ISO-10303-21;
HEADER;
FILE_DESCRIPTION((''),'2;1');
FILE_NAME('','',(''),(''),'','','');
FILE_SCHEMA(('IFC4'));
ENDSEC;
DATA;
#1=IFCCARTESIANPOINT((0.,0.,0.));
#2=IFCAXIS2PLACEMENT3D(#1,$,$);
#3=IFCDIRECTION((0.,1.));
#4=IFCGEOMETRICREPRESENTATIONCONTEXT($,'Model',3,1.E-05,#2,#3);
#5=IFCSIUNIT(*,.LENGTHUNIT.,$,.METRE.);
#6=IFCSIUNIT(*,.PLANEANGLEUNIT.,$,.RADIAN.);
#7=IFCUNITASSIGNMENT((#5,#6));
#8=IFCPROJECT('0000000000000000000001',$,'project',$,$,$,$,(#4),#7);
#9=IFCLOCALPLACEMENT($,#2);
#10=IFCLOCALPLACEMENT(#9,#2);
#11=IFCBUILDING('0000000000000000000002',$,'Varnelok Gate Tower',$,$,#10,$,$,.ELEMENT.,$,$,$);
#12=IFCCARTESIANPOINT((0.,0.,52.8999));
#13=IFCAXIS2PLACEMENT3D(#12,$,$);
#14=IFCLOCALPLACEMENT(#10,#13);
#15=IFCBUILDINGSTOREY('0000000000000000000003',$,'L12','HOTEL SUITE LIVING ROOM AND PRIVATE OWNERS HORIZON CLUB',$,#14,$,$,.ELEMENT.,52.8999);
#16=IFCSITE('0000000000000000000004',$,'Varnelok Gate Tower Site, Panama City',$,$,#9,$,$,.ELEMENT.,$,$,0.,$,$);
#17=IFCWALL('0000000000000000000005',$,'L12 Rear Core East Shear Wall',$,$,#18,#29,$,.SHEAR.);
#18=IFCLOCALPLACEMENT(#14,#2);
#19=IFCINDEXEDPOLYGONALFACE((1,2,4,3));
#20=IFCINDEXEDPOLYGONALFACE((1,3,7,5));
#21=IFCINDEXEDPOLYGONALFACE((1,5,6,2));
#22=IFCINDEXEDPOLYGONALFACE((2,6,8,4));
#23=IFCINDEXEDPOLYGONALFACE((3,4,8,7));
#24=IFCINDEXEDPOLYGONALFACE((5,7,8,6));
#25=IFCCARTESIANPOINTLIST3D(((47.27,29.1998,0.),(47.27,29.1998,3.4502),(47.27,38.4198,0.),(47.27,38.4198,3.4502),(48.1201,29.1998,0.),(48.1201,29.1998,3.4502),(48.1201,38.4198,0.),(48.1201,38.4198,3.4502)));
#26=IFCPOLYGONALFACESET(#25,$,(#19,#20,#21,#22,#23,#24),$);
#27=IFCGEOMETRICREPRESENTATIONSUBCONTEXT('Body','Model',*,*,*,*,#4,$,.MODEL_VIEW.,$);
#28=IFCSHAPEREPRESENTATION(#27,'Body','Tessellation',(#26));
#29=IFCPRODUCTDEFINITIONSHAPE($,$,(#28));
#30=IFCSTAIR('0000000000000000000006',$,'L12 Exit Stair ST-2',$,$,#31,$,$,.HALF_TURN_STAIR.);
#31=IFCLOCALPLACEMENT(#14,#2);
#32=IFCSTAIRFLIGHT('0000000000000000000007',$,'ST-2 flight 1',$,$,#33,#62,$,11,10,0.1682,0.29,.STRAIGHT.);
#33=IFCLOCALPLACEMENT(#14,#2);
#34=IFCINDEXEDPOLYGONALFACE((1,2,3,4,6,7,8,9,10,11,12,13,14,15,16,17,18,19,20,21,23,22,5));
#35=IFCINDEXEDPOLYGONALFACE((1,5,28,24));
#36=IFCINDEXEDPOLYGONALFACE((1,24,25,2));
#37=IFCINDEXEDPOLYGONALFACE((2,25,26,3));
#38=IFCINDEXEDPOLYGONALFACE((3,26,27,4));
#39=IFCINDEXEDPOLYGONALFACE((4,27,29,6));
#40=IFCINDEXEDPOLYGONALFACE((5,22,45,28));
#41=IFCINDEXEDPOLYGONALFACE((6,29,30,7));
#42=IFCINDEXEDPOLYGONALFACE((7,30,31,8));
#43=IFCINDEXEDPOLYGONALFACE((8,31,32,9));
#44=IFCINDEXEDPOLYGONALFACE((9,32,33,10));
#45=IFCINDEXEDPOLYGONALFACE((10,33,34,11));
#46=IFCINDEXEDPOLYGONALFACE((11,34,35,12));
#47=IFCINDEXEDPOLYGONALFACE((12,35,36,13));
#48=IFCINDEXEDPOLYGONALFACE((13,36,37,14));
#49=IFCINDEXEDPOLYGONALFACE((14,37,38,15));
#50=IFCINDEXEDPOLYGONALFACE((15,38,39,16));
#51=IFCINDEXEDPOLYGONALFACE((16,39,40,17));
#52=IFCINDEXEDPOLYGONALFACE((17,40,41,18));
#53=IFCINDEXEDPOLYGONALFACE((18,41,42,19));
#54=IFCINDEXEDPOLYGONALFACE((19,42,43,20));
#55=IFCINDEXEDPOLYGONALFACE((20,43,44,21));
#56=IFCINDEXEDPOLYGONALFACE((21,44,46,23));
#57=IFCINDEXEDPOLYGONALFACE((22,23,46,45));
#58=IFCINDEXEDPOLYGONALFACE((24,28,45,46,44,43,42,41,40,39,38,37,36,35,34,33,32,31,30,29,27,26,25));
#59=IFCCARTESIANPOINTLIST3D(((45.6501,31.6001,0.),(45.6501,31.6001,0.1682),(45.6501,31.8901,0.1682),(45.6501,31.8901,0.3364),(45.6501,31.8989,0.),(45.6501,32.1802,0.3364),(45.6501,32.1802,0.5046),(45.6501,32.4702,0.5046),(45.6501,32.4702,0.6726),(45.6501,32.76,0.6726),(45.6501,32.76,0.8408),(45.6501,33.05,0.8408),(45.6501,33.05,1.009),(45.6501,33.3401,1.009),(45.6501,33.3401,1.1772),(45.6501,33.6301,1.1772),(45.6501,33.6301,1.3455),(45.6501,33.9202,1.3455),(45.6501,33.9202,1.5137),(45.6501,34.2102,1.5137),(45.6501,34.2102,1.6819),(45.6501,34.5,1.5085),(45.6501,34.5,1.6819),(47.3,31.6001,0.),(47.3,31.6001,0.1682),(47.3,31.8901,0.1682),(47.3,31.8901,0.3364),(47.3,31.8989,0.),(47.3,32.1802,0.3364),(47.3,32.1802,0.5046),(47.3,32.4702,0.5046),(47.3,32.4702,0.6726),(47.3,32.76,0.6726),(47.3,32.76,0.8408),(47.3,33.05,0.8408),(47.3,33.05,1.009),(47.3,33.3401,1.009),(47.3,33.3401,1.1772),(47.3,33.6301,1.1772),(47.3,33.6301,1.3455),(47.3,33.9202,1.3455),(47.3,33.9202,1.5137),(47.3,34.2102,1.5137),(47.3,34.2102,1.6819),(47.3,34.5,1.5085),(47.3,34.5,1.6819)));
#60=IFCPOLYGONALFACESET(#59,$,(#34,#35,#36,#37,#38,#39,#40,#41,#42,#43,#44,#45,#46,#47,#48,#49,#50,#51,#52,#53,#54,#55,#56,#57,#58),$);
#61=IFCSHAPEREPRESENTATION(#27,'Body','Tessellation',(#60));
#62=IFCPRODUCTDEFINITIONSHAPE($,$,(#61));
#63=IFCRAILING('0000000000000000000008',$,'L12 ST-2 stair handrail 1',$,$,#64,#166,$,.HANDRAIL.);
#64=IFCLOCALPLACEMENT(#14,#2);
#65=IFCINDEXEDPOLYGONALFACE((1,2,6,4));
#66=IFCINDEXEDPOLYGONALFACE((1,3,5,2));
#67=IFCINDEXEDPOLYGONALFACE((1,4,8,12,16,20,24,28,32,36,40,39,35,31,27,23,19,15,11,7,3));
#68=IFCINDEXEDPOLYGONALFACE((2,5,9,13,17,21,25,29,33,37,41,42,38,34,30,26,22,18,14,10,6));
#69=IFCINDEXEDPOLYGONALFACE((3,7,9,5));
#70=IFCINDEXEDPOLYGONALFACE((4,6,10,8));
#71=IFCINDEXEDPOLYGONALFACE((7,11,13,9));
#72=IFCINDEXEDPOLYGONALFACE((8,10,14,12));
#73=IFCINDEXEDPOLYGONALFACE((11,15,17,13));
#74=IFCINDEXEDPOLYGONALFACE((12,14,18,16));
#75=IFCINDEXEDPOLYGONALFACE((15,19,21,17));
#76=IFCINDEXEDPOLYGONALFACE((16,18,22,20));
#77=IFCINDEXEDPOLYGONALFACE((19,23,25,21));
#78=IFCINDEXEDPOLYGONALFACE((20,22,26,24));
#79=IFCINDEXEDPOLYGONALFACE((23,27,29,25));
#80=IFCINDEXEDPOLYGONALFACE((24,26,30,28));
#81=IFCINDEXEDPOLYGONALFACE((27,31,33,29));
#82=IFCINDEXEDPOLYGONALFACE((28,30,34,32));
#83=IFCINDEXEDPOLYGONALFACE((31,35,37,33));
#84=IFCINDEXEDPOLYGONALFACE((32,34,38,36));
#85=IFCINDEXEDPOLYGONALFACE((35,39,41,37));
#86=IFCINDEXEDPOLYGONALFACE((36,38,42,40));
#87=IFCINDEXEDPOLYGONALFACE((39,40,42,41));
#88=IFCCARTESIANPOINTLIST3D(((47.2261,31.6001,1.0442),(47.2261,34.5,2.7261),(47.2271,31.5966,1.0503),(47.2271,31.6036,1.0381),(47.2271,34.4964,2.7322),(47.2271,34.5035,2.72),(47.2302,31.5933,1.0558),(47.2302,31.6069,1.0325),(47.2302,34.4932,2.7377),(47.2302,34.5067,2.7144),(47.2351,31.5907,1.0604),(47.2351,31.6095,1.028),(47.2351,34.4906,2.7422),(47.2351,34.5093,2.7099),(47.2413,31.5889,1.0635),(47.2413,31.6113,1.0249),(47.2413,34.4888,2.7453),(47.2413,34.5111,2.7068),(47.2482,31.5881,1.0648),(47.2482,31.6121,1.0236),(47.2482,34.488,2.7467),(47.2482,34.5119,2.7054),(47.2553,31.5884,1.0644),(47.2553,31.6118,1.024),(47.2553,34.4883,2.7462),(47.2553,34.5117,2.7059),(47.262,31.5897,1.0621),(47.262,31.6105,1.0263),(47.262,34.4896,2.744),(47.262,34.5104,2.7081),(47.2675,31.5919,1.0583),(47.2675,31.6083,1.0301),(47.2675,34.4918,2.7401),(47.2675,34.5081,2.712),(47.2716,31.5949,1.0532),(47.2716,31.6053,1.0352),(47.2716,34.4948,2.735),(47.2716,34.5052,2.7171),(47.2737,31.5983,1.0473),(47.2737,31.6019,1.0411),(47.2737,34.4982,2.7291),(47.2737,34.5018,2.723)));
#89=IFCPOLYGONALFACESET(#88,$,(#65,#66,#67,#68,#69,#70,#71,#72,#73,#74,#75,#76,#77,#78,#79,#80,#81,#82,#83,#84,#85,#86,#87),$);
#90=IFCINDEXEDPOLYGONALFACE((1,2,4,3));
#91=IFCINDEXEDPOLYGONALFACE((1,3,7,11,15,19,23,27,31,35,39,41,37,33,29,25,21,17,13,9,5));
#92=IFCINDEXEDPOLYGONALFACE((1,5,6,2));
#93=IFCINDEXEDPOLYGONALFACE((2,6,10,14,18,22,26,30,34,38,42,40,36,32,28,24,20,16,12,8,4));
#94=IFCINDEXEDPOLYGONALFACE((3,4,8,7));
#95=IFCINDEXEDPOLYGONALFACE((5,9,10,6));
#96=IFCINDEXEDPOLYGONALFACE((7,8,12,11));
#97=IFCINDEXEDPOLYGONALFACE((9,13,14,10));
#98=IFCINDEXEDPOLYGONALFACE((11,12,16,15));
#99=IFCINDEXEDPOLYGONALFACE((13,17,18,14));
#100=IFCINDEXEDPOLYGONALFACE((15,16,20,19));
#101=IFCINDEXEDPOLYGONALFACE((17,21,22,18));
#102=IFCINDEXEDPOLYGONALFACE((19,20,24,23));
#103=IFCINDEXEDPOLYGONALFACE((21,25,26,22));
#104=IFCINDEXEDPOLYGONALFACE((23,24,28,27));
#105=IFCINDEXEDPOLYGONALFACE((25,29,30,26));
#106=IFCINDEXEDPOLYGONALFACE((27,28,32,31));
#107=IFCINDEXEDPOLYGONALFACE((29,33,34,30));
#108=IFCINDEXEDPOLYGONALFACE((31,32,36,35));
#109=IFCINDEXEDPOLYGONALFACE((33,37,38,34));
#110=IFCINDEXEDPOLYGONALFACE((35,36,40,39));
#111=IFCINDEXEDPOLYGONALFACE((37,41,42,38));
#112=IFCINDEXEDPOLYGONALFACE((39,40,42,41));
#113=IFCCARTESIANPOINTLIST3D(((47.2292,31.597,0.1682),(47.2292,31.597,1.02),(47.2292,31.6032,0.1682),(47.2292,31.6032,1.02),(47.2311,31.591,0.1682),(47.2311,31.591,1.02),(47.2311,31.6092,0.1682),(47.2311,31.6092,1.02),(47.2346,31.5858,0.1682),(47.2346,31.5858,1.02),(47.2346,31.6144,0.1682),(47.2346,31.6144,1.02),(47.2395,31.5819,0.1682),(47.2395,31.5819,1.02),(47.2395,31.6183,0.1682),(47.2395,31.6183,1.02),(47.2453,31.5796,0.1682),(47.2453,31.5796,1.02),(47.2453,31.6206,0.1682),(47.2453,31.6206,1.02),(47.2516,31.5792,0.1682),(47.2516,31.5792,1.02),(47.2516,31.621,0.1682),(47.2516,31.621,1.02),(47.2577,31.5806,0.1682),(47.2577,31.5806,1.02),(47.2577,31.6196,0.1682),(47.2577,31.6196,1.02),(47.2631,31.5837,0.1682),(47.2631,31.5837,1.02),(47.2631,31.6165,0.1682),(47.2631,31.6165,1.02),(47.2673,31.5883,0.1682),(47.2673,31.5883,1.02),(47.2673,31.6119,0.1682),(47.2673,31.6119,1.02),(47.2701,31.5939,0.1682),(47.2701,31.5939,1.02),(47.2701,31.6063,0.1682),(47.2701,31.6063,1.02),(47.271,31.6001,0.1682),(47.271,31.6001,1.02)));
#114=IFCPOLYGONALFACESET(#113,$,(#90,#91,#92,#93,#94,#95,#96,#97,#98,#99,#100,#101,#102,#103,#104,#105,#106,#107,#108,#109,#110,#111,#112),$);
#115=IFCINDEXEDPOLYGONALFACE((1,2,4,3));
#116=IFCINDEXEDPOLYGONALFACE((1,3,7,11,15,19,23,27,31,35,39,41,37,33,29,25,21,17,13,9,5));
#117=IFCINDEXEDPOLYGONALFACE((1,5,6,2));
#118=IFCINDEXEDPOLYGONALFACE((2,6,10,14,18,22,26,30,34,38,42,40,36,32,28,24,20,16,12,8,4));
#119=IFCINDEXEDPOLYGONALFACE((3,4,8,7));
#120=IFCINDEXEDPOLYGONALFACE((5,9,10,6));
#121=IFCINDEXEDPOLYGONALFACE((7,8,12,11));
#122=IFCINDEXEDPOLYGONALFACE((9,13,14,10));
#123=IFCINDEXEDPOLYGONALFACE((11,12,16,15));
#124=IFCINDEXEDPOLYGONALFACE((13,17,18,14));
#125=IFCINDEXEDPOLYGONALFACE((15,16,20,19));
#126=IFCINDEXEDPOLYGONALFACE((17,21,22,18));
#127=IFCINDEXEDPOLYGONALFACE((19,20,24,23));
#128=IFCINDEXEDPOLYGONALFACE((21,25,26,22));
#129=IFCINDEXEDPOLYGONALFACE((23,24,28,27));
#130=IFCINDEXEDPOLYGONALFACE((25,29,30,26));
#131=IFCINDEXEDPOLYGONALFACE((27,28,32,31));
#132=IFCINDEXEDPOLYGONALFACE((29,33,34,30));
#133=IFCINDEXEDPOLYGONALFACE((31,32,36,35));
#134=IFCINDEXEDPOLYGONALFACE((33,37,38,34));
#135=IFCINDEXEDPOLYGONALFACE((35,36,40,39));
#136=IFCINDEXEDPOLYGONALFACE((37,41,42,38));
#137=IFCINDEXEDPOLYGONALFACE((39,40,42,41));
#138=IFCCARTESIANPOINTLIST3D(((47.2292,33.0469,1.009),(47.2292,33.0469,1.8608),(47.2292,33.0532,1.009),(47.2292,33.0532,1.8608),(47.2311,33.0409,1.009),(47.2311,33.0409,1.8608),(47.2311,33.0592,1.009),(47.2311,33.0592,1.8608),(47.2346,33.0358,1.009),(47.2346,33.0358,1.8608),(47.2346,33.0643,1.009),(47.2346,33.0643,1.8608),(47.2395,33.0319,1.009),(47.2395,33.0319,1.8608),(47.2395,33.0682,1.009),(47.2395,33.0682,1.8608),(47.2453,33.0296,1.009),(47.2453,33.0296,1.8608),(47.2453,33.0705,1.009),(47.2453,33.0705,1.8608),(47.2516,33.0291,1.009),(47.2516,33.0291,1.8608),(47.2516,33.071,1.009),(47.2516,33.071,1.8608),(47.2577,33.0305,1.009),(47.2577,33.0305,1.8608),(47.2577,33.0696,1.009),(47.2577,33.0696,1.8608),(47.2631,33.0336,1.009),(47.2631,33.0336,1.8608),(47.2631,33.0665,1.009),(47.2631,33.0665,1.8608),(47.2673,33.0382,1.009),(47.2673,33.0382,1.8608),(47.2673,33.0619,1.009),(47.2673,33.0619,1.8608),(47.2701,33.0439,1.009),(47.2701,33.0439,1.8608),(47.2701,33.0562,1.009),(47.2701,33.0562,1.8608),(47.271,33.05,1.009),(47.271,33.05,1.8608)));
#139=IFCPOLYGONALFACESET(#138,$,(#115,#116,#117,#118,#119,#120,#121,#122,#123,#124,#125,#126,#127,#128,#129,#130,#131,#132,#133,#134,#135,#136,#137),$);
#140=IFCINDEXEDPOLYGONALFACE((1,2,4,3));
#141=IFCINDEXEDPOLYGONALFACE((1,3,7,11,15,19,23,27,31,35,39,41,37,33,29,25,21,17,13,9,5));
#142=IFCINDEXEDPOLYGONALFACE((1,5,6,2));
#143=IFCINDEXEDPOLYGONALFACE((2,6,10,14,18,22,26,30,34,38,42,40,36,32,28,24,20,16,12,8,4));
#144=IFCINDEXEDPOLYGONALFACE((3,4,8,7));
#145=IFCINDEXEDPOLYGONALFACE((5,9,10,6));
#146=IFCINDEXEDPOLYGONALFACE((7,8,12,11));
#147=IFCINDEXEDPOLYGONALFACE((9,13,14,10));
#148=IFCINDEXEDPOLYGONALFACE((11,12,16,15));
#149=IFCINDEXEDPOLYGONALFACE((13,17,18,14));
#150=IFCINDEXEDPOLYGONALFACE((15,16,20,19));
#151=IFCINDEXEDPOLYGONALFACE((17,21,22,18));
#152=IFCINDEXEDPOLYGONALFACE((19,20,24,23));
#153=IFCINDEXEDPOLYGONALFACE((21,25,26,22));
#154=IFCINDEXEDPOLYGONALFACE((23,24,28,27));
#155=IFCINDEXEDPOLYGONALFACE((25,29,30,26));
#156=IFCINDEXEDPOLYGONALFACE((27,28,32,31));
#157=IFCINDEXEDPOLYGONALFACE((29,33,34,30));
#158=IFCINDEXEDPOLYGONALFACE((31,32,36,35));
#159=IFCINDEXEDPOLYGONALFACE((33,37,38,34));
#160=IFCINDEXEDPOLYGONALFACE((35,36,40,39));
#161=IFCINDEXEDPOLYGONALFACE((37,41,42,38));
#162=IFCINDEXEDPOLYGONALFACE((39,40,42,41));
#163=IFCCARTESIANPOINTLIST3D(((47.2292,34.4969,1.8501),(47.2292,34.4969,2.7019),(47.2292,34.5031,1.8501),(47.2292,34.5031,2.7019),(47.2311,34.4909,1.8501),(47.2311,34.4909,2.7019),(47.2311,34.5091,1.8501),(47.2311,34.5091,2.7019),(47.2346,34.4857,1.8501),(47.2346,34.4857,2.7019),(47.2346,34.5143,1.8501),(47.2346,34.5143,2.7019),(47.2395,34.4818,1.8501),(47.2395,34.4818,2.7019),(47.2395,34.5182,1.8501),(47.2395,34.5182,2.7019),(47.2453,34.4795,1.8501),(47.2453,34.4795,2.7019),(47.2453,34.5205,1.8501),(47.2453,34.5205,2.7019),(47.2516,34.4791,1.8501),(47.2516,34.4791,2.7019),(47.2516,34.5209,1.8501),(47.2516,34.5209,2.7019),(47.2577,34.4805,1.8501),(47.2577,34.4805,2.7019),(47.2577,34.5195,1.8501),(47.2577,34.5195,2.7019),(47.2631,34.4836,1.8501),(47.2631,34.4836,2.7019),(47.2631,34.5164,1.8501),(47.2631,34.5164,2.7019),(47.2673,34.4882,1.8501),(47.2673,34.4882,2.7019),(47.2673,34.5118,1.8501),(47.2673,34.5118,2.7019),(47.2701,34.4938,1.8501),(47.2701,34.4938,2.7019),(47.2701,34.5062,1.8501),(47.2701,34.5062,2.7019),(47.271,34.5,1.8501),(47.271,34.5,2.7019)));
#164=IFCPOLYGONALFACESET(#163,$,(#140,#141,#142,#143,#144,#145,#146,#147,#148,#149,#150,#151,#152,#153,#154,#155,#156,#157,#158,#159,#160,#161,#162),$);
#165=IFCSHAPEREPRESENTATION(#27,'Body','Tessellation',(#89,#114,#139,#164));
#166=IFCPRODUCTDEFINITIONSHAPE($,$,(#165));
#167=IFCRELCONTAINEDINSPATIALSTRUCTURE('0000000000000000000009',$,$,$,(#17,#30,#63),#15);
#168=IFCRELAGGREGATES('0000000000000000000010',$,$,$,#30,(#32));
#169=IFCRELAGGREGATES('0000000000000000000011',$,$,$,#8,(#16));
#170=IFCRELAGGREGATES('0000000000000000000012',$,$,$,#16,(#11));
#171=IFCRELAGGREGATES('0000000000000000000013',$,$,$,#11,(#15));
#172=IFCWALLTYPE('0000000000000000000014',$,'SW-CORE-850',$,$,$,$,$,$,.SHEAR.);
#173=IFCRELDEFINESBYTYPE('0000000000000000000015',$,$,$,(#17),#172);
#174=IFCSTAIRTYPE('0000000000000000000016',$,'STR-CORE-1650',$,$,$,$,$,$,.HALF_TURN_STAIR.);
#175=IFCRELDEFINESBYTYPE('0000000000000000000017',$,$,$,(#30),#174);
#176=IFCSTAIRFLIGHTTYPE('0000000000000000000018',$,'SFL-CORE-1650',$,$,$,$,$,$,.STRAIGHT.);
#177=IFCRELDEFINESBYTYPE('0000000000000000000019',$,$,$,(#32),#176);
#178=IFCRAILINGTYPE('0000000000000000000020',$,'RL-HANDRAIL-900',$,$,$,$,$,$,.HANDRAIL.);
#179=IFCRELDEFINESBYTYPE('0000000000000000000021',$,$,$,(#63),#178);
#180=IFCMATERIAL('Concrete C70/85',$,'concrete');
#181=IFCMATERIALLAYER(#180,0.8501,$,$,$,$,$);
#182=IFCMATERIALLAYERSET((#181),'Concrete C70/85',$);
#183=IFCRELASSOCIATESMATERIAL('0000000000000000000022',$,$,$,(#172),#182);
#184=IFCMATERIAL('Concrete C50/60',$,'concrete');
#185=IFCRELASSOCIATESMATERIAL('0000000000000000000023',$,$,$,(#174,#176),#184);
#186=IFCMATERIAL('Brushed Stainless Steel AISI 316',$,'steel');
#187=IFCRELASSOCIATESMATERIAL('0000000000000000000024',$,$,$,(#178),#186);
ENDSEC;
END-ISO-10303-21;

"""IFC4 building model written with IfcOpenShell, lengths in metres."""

from ifc_helpers import new_model, si_unit, direction, frame, frame_2d, origin, origin_2d, place, context, subcontext, project, spatial, polyline, rectangle, circle, outline, extrude, material, layer, layer_set, type_object, element, aggregate, save


model = new_model("IFC4")

# Units and contexts
model_context = context("Model", 3, precision=1e-05, world=origin(), true_north=direction((0.0, 1.0)))
body_context = subcontext(model_context, "Body", "Model", "MODEL_VIEW")
ifc_project = project(units=[si_unit("LENGTHUNIT", "METRE"), si_unit("PLANEANGLEUNIT", "RADIAN")], contexts=[model_context])

# Site, building, storey
site_placement = place(None, origin())
site = spatial("IfcSite", under=ifc_project, at=site_placement, Name="Varnelok Gate Tower Site, Panama City", CompositionType="ELEMENT", RefElevation=0.0)
building_placement = place(site_placement, origin())
building = spatial("IfcBuilding", under=site, at=building_placement, Name="Varnelok Gate Tower", CompositionType="ELEMENT")
storey_placement = place(building_placement, frame((0.0, 0.0, 52.8999)))
storey = spatial("IfcBuildingStorey", under=building, at=storey_placement, Name="L12", Description="HOTEL SUITE LIVING ROOM AND PRIVATE OWNERS HORIZON CLUB", CompositionType="ELEMENT", Elevation=52.8999)

# Shared definitions
ifc_material_1 = material(Name="Concrete C70/85", Category="concrete")

# Wall
ifc_layer_1 = layer(ifc_material_1, 0.8501)
ifc_layer_set_1 = layer_set([ifc_layer_1], Name="Concrete C70/85")
wall_type_1 = type_object("IfcWallType", Name="SW-CORE-850", PredefinedType="SHEAR", material=ifc_layer_set_1)
wall_1_placement = place(storey_placement, frame((47.6951, 29.2, 0.0), z_axis=(0.0, 0.0, 1.0), x_axis=(0.0, 1.0, 0.0)))
element("IfcWall", 1, at=wall_1_placement, inside=storey, type_object=wall_type_1, Name="L12 Rear Core East Shear Wall", PredefinedType="SHEAR", context=body_context, shape_type="SweptSolid", body=[
    extrude(rectangle(XDim=9.22, YDim=0.8501, at=frame_2d((4.6099, 0.0))), origin(), (0.0, 0.0, 1.0), 3.4502),
])

# Stair, stair flight
ifc_material_2 = material(Name="Concrete C50/60", Category="concrete")
stair_type = type_object("IfcStairType", Name="STR-CORE-1650", PredefinedType="HALF_TURN_STAIR", material=ifc_material_2)
stair_placement = place(storey_placement, origin())
stair = element("IfcStair", 2, at=stair_placement, inside=storey, type_object=stair_type, Name="L12 Exit Stair ST-2", PredefinedType="HALF_TURN_STAIR")
stair_flight_type = type_object("IfcStairFlightType", Name="SFL-CORE-1650", PredefinedType="STRAIGHT", material=ifc_material_2)
stair_flight_placement = place(storey_placement, frame((46.4751, 31.6001, 0.0), z_axis=(0.0, 0.0, 1.0), x_axis=(0.0, 1.0, 0.0)))
stair_flight = element("IfcStairFlight", 3, at=stair_flight_placement, type_object=stair_flight_type, Name="ST-2 flight 1", NumberOfRisers=11, NumberOfTreads=10, PredefinedType="STRAIGHT", RiserHeight=0.1682, TreadLength=0.29, context=body_context, shape_type="SweptSolid", body=[
    extrude(outline(polyline([(0.0, 0.0), (0.0, 0.1682), (0.29, 0.1682), (0.29, 0.3364), (0.5801, 0.3364), (0.5801, 0.5046), (0.8701, 0.5046), (0.8701, 0.6726), (1.1599, 0.6726), (1.1599, 0.8408), (1.45, 0.8408), (1.45, 1.009), (1.74, 1.009), (1.74, 1.1772), (2.03, 1.1772), (2.03, 1.3455), (2.3201, 1.3455), (2.3201, 1.5137), (2.6101, 1.5137), (2.6101, 1.6819), (2.8999, 1.6819), (2.8999, 1.8501), (2.8999, 1.5085), (0.2988, 0.0), (0.0, 0.0)])), frame((0.0, 0.825, 0.0), z_axis=(0.0, -1.0, 0.0), x_axis=(1.0, 0.0, 0.0)), (0.0, 0.0, 1.0), 1.6499),
])
aggregate(stair, [stair_flight])

# Railing
ifc_material_3 = material(Name="Brushed Stainless Steel AISI 316", Category="steel")
railing_type = type_object("IfcRailingType", Name="RL-HANDRAIL-900", PredefinedType="HANDRAIL", material=ifc_material_3)
railing_placement = place(storey_placement, frame((47.25, 31.6001, 0.1682)))
element("IfcRailing", 4, at=railing_placement, inside=storey, type_object=railing_type, Name="L12 ST-2 stair handrail 1", PredefinedType="HANDRAIL", context=body_context, shape_type="SweptSolid", body=[
    extrude(circle(Radius=0.0239, at=origin_2d()), frame((0.0, 0.0, 0.876), z_axis=(0.0, 0.865039, 0.501705), x_axis=(-1.0, 0.0, 0.0)), (0.0, 0.0, 1.0), 3.3523),
    extrude(circle(Radius=0.021, at=origin_2d()), origin(), (0.0, 0.0, 1.0), 0.8518),
    extrude(circle(Radius=0.021, at=origin_2d()), frame((0.0, 1.45, 0.8408)), (0.0, 0.0, 1.0), 0.8518),
    extrude(circle(Radius=0.021, at=origin_2d()), frame((0.0, 2.8999, 1.6819)), (0.0, 0.0, 1.0), 0.8518),
])

save(model, "model.ifc")
